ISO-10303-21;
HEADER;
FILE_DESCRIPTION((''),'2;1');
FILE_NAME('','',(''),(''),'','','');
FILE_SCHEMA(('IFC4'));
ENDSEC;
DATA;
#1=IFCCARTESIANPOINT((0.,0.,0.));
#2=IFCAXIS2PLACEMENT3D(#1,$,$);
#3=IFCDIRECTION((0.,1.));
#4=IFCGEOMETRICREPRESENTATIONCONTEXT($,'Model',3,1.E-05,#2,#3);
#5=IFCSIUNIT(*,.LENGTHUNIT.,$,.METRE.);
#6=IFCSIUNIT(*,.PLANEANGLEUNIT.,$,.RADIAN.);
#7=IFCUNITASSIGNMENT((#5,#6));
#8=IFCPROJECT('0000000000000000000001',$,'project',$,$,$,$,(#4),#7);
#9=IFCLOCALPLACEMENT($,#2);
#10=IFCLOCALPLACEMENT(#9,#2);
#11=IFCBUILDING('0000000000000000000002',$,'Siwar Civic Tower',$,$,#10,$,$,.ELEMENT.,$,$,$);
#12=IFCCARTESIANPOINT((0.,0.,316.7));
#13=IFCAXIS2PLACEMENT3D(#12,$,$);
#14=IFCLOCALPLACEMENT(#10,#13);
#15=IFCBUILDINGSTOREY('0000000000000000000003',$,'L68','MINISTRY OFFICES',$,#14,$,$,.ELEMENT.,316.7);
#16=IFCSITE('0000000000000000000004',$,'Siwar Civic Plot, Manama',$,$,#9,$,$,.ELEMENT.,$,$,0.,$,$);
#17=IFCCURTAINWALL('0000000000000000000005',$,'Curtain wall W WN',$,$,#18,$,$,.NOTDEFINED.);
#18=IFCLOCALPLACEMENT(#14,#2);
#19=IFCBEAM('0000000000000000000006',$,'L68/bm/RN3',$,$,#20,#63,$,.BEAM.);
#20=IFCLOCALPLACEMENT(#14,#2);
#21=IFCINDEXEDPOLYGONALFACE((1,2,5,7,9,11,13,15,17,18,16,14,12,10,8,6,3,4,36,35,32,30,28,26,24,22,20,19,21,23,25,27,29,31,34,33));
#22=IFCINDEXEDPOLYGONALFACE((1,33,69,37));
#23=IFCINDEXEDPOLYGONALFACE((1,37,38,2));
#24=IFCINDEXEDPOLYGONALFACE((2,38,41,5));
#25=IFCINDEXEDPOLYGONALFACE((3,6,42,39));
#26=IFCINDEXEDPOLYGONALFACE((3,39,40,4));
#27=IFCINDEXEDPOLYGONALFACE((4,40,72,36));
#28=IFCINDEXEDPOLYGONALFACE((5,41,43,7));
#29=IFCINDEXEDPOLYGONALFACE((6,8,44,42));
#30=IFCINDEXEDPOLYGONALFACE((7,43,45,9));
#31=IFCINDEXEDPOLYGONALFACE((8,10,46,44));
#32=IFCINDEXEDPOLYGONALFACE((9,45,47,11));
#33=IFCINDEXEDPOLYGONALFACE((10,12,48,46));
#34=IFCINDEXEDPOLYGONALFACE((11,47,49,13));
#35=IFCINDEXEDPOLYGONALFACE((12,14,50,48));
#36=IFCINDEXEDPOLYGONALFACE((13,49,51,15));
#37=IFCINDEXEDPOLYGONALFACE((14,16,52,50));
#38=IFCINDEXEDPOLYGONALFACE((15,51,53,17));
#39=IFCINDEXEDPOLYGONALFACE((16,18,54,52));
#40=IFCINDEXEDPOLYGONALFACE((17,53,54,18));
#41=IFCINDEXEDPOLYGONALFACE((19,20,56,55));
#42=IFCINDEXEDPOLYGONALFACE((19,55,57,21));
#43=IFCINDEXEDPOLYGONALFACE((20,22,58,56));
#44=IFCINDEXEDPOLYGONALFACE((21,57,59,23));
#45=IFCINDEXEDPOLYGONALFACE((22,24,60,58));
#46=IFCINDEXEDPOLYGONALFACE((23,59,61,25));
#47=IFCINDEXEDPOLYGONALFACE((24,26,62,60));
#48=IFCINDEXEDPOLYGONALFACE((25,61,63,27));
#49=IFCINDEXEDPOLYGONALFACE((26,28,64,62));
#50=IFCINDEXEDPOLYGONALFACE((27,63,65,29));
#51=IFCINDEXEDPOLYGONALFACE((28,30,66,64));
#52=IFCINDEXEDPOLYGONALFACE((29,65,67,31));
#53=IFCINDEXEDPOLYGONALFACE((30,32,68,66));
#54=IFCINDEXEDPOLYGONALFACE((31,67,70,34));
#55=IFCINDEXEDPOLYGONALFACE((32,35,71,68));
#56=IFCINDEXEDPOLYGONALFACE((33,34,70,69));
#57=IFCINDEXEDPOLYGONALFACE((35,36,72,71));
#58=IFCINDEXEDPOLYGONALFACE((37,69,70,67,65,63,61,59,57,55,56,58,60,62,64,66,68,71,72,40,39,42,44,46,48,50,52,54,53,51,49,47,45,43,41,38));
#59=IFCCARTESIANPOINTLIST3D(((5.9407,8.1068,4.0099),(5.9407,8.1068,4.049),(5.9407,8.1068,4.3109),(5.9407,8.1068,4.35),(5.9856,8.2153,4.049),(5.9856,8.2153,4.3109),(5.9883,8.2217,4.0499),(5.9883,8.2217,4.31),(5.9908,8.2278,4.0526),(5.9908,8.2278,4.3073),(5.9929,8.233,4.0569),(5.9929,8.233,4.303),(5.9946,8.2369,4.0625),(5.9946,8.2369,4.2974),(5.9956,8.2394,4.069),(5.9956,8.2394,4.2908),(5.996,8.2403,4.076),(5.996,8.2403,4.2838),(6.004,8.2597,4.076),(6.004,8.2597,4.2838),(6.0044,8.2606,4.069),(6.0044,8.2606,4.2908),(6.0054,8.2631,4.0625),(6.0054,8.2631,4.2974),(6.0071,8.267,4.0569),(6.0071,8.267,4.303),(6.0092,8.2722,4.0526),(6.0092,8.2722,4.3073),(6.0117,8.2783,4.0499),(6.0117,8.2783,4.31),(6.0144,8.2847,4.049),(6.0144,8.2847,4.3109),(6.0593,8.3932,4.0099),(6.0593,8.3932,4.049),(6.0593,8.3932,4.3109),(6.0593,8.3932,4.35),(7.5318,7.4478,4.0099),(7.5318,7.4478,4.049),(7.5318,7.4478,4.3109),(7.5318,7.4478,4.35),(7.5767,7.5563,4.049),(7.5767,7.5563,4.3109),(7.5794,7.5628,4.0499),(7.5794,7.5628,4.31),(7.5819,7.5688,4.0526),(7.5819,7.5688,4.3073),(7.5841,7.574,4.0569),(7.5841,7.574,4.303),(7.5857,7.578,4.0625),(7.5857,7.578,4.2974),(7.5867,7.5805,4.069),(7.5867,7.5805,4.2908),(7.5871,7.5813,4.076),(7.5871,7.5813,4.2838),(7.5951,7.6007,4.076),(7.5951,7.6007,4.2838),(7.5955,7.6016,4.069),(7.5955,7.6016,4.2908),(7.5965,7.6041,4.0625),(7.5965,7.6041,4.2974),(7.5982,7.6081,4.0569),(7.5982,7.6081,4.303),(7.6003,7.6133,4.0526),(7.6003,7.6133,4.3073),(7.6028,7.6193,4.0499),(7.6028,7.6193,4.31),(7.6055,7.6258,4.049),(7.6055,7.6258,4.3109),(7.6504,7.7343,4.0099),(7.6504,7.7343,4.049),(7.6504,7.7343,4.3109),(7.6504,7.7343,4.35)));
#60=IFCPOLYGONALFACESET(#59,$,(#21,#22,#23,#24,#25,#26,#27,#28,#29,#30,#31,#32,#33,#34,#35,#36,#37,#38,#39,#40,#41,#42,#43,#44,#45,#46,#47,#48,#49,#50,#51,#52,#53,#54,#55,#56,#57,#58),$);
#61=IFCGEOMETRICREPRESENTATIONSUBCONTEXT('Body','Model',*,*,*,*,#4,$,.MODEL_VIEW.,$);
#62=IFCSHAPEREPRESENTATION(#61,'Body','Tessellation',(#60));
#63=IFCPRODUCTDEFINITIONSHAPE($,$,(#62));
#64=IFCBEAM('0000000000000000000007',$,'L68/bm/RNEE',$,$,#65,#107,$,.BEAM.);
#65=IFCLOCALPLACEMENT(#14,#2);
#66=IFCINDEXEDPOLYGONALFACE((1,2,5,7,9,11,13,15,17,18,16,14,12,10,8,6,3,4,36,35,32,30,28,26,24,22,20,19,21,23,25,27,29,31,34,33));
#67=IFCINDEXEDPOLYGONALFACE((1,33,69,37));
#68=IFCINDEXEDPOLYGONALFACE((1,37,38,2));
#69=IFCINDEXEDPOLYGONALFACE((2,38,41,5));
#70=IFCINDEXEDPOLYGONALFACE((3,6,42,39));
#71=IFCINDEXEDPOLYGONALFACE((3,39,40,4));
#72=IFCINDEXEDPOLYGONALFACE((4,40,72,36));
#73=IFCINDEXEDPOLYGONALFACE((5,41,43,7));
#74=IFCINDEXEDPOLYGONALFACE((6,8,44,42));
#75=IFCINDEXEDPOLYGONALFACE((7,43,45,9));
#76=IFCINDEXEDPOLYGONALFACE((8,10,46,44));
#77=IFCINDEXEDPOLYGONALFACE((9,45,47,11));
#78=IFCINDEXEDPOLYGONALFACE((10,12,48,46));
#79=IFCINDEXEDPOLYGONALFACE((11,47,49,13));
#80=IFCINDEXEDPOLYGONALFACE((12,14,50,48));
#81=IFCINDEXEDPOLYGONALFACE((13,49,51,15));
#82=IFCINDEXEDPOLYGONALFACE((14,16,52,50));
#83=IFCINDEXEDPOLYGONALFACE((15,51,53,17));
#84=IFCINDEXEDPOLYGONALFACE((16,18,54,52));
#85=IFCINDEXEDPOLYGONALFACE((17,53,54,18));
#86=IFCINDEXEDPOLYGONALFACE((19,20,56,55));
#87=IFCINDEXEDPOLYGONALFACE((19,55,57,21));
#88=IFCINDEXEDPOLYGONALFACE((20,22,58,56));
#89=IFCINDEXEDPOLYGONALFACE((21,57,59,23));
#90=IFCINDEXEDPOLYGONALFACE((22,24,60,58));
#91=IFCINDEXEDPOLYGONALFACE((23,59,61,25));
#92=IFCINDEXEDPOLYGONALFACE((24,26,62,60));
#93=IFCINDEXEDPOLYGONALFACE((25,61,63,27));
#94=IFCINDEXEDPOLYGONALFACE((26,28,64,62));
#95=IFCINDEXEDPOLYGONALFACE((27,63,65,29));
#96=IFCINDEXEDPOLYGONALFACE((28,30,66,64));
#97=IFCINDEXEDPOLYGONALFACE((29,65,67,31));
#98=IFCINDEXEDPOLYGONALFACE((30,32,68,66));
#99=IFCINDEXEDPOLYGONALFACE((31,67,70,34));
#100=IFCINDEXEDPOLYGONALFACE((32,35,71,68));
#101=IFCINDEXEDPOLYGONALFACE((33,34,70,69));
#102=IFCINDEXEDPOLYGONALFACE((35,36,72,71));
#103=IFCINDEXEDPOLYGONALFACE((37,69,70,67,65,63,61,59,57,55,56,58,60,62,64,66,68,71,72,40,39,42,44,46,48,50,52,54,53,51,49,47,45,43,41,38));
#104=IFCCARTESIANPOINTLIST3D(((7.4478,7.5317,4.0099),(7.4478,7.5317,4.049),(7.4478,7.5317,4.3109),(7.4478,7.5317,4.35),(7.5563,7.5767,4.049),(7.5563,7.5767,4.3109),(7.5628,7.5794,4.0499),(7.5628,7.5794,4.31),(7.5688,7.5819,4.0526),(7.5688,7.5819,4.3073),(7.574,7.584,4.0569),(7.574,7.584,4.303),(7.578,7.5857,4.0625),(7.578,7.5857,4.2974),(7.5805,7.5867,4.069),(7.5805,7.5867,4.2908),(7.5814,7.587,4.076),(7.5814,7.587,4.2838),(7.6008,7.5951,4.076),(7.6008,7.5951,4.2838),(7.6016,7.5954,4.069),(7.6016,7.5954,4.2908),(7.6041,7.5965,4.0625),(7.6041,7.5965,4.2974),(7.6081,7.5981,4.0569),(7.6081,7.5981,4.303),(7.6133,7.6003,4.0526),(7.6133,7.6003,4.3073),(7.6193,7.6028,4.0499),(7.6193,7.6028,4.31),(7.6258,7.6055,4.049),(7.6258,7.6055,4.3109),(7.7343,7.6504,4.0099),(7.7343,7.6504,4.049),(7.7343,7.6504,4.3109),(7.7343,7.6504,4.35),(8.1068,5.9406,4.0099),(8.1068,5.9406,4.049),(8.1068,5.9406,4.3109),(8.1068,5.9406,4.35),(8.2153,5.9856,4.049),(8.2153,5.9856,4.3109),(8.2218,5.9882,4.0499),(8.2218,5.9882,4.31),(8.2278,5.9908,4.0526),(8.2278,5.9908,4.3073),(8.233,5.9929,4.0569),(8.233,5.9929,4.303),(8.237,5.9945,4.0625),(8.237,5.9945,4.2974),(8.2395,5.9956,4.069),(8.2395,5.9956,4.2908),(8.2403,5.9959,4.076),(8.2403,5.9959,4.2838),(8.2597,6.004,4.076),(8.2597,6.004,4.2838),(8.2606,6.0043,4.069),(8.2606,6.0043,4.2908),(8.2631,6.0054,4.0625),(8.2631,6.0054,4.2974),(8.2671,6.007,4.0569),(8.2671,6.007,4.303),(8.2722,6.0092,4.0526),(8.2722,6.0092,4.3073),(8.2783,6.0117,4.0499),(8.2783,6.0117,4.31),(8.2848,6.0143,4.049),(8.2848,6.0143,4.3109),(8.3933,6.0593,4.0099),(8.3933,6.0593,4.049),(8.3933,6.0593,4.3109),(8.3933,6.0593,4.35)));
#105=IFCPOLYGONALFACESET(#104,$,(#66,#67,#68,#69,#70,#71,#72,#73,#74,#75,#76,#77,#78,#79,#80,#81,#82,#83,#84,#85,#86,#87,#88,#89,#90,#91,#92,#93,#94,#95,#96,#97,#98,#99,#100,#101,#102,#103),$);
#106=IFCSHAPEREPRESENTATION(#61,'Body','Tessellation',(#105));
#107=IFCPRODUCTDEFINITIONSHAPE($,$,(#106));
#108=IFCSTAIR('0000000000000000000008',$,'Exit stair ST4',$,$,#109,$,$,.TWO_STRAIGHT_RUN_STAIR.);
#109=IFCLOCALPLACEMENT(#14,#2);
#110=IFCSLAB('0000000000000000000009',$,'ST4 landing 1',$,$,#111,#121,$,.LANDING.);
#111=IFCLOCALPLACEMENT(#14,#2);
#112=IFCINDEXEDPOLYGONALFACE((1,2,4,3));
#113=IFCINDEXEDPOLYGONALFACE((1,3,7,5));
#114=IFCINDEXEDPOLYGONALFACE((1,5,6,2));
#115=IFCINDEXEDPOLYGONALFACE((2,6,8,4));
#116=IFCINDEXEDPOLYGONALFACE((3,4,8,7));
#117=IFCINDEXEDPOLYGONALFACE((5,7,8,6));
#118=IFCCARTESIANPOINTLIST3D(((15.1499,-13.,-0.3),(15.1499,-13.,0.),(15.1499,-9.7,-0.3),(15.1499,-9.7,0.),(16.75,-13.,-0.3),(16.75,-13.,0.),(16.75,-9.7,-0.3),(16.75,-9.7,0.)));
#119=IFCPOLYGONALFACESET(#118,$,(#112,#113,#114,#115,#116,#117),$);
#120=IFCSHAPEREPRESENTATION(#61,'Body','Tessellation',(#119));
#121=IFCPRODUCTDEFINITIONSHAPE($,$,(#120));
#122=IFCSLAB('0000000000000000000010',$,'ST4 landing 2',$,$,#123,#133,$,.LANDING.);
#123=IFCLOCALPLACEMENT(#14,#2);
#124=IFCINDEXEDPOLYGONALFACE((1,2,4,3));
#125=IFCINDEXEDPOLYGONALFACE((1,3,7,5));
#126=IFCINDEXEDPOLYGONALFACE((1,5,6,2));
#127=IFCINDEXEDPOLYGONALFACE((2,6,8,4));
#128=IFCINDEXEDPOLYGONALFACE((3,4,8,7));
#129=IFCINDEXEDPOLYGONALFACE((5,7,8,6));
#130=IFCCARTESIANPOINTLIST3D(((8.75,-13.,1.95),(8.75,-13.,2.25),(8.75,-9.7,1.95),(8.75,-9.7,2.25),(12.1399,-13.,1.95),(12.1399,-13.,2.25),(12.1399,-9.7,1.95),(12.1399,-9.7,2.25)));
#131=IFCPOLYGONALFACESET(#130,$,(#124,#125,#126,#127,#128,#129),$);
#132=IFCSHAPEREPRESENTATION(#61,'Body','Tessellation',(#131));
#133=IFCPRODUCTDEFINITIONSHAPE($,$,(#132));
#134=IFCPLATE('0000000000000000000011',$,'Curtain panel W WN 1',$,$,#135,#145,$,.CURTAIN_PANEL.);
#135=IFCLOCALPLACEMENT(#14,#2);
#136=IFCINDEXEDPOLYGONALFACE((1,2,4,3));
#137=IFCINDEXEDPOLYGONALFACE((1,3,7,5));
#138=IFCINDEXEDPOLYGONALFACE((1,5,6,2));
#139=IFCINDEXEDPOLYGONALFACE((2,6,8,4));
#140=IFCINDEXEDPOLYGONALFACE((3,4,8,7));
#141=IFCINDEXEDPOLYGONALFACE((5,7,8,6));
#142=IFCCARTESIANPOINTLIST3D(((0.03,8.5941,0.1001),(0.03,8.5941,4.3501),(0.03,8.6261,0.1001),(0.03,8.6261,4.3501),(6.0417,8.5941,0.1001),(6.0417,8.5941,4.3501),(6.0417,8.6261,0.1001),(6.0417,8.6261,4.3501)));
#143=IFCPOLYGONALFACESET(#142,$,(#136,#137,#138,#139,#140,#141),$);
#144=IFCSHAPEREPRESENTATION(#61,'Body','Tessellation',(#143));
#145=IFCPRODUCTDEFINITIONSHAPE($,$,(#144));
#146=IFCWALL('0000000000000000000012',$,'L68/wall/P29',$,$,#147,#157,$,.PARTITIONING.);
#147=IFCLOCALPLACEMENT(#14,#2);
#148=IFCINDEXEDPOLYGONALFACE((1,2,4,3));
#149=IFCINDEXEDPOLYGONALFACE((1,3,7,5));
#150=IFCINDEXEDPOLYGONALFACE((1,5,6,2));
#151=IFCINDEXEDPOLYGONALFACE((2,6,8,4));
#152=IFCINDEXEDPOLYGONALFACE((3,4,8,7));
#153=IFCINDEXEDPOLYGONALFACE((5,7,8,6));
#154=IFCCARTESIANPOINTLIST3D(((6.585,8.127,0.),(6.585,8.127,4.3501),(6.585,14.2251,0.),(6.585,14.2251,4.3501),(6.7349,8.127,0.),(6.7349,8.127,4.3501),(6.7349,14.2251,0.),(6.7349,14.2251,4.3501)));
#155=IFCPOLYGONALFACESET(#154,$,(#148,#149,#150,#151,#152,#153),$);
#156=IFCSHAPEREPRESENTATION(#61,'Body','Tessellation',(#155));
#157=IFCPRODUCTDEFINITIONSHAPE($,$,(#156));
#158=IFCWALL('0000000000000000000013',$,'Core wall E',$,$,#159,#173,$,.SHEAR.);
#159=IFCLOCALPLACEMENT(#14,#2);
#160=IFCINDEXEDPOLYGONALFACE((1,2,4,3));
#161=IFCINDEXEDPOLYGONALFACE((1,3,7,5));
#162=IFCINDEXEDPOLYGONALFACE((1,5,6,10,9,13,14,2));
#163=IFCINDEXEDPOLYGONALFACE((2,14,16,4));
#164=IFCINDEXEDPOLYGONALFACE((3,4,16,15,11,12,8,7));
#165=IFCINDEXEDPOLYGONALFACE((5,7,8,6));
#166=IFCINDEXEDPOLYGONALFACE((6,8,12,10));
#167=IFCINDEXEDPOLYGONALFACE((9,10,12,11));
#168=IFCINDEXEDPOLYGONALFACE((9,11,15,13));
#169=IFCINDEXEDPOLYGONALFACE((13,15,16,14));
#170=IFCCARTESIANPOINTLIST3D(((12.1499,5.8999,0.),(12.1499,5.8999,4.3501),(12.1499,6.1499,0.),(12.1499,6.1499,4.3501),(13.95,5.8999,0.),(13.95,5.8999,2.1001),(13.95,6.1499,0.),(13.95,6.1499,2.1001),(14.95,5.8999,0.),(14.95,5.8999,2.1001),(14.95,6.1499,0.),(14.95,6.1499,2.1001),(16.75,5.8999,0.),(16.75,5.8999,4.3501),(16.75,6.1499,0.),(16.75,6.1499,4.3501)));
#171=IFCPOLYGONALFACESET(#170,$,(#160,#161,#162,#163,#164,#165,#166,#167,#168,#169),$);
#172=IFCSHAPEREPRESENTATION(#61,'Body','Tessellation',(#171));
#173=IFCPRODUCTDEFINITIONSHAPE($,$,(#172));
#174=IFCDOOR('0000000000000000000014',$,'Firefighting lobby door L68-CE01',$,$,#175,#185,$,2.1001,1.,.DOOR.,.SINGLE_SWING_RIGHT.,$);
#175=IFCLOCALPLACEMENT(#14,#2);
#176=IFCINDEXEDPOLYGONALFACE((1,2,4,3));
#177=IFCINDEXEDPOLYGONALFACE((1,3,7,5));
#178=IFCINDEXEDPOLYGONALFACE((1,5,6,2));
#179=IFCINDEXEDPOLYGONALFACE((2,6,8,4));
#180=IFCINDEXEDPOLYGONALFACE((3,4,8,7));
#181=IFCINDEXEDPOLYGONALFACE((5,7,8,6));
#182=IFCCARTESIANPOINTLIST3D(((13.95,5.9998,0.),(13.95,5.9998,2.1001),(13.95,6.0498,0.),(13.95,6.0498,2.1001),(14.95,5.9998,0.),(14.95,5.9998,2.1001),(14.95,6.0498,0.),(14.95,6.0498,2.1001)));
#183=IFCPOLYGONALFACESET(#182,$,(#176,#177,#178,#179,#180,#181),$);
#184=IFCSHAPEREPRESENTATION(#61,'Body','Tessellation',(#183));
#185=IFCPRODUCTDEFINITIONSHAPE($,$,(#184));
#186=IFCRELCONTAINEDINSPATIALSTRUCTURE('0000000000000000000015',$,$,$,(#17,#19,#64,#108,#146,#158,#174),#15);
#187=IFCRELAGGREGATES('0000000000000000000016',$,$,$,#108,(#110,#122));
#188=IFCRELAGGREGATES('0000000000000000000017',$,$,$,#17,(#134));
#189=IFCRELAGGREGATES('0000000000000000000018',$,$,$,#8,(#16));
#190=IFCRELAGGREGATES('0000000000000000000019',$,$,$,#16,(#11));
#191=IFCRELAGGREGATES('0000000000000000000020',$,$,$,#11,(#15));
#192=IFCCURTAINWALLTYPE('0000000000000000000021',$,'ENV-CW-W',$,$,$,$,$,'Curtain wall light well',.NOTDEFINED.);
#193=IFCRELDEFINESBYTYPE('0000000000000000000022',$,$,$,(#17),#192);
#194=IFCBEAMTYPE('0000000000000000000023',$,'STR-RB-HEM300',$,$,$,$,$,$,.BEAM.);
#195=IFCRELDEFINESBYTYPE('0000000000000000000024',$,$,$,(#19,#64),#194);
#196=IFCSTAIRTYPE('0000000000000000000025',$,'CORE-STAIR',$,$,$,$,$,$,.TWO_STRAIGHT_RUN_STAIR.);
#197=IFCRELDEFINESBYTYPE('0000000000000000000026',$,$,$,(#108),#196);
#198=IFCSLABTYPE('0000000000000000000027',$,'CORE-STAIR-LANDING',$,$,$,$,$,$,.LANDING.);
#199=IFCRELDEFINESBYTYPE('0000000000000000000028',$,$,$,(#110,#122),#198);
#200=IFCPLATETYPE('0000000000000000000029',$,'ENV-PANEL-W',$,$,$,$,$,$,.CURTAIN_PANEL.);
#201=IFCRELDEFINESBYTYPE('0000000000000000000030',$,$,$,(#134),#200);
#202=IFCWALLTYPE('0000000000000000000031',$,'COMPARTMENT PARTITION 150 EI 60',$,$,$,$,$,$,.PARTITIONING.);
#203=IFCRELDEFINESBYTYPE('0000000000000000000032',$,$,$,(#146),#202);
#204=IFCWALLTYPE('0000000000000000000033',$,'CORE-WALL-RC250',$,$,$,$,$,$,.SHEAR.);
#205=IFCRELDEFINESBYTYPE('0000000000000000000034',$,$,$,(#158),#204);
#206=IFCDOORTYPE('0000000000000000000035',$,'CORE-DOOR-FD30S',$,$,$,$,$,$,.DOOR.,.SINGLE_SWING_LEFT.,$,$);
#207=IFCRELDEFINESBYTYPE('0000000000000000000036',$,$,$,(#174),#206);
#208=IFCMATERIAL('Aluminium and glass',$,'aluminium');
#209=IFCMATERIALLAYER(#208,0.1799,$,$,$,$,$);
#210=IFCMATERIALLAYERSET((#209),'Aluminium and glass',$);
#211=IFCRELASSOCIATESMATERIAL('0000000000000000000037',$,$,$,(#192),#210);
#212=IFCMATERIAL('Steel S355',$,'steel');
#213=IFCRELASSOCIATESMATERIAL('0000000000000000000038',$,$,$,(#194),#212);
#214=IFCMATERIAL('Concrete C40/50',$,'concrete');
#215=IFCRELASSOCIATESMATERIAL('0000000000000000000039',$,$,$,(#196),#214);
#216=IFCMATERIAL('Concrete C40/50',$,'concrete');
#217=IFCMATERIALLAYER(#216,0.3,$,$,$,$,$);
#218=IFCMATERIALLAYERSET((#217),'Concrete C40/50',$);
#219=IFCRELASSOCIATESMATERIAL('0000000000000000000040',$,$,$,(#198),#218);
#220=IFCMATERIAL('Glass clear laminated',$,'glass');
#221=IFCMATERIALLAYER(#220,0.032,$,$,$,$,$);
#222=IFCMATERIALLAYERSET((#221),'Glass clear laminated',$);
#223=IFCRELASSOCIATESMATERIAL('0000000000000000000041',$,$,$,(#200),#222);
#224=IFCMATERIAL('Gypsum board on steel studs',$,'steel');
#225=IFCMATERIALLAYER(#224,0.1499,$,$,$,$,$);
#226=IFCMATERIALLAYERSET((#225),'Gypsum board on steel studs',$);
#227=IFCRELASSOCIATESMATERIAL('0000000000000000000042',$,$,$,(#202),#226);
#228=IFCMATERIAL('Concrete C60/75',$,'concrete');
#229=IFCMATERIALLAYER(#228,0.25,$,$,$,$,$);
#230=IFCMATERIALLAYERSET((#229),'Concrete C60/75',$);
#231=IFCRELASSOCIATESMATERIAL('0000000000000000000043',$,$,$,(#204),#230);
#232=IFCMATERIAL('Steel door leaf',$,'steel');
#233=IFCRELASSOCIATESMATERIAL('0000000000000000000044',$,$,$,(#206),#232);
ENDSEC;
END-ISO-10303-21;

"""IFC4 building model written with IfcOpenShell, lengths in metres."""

from ifc_helpers import new_model, si_unit, direction, frame, frame_2d, origin, origin_2d, place, context, subcontext, project, spatial, polyline, rectangle, i_section, outline, extrude, material, layer, layer_set, material_profile, profile_set, type_object, element, fill, aggregate, save


model = new_model("IFC4")

# Units and contexts
model_context = context("Model", 3, precision=1e-05, world=origin(), true_north=direction((0.0, 1.0)))
body_context = subcontext(model_context, "Body", "Model", "MODEL_VIEW")
ifc_project = project(units=[si_unit("LENGTHUNIT", "METRE"), si_unit("PLANEANGLEUNIT", "RADIAN")], contexts=[model_context])

# Site, building, storey
site_placement = place(None, origin())
site = spatial("IfcSite", under=ifc_project, at=site_placement, Name="Siwar Civic Plot, Manama", CompositionType="ELEMENT", RefElevation=0.0)
building_placement = place(site_placement, origin())
building = spatial("IfcBuilding", under=site, at=building_placement, Name="Siwar Civic Tower", CompositionType="ELEMENT")
storey_placement = place(building_placement, frame((0.0, 0.0, 316.7)))
storey = spatial("IfcBuildingStorey", under=building, at=storey_placement, Name="L68", Description="MINISTRY OFFICES", CompositionType="ELEMENT", Elevation=316.7)

# Curtain wall
ifc_material_1 = material(Name="Aluminium and glass", Category="aluminium")
ifc_layer_1 = layer(ifc_material_1, 0.1799)
ifc_layer_set_1 = layer_set([ifc_layer_1], Name="Aluminium and glass")
curtain_wall_type = type_object("IfcCurtainWallType", Name="ENV-CW-W", ElementType="Curtain wall light well", PredefinedType="NOTDEFINED", material=ifc_layer_set_1)
curtain_wall_placement = place(storey_placement, origin())
curtain_wall = element("IfcCurtainWall", 1, at=curtain_wall_placement, inside=storey, type_object=curtain_wall_type, Name="Curtain wall W WN", PredefinedType="NOTDEFINED")

# Beams
ifc_material_2 = material(Name="Steel S355", Category="steel")
ifc_material_profile_1 = material_profile(ifc_material_2, i_section(OverallWidth=0.3101, OverallDepth=0.3401, WebThickness=0.021, FlangeThickness=0.0391, FilletRadius=0.0271, at=origin_2d()), Name="HEM300")
ifc_profile_set_1 = profile_set([ifc_material_profile_1], Name="Steel S355")
beam_type_1 = type_object("IfcBeamType", Name="STR-RB-HEM300", PredefinedType="BEAM", material=ifc_profile_set_1)
for number, where, z_axis, x_axis, name in (
    (2, (6.0, 8.25, 4.1799), (0.923901, -0.382631, 0.0), (0.382631, 0.923901, 0.0), "L68/bm/RN3"),
    (3, (7.5911, 7.5911, 4.1799), (0.382631, -0.923901, 0.0), (0.923901, 0.382631, 0.0), "L68/bm/RNEE"),
):
    element("IfcBeam", number, at=place(storey_placement, frame(where, z_axis=z_axis, x_axis=x_axis)), inside=storey, type_object=beam_type_1, Name=name, PredefinedType="BEAM", context=body_context, shape_type="SweptSolid", body=[
        extrude(i_section(OverallWidth=0.3101, OverallDepth=0.3401, WebThickness=0.021, FlangeThickness=0.0391, FilletRadius=0.0271, at=origin_2d()), origin(), (0.0, 0.0, 1.0), 1.7222),
    ])

# Stair, slabs
ifc_material_3 = material(Name="Concrete C40/50", Category="concrete")
stair_type = type_object("IfcStairType", Name="CORE-STAIR", PredefinedType="TWO_STRAIGHT_RUN_STAIR", material=ifc_material_3)
stair_placement = place(storey_placement, origin())
stair = element("IfcStair", 4, at=stair_placement, inside=storey, type_object=stair_type, Name="Exit stair ST4", PredefinedType="TWO_STRAIGHT_RUN_STAIR")
ifc_material_4 = material(Name="Concrete C40/50", Category="concrete")
ifc_layer_2 = layer(ifc_material_4, 0.3)
ifc_layer_set_2 = layer_set([ifc_layer_2], Name="Concrete C40/50")
slab_type_1 = type_object("IfcSlabType", Name="CORE-STAIR-LANDING", PredefinedType="LANDING", material=ifc_layer_set_2)
slab_1_placement = place(storey_placement, frame((0.0, 0.0, -0.3)))
slab_1 = element("IfcSlab", 5, at=slab_1_placement, type_object=slab_type_1, Name="ST4 landing 1", PredefinedType="LANDING", context=body_context, shape_type="SweptSolid", body=[
    extrude(outline(polyline([(15.1499, -13.0), (16.75, -13.0), (16.75, -9.7), (15.1499, -9.7), (15.1499, -13.0)])), origin(), (0.0, 0.0, 1.0), 0.3),
])
slab_2_placement = place(storey_placement, frame((0.0, 0.0, 1.95)))
slab_2 = element("IfcSlab", 6, at=slab_2_placement, type_object=slab_type_1, Name="ST4 landing 2", PredefinedType="LANDING", context=body_context, shape_type="SweptSolid", body=[
    extrude(outline(polyline([(8.75, -13.0), (12.1399, -13.0), (12.1399, -9.7), (8.75, -9.7), (8.75, -13.0)])), origin(), (0.0, 0.0, 1.0), 0.3),
])
aggregate(stair, [slab_1, slab_2])

# Plate
ifc_material_5 = material(Name="Glass clear laminated", Category="glass")
ifc_layer_3 = layer(ifc_material_5, 0.032)
ifc_layer_set_3 = layer_set([ifc_layer_3], Name="Glass clear laminated")
plate_type = type_object("IfcPlateType", Name="ENV-PANEL-W", PredefinedType="CURTAIN_PANEL", material=ifc_layer_set_3)
plate_placement = place(storey_placement, frame((3.0359, 8.6101, 0.1001), z_axis=(0.0, 0.0, 1.0), x_axis=(-1.0, 0.0, 0.0)))
plate = element("IfcPlate", 7, at=plate_placement, type_object=plate_type, Name="Curtain panel W WN 1", PredefinedType="CURTAIN_PANEL", context=body_context, shape_type="SweptSolid", body=[
    extrude(rectangle(XDim=6.0117, YDim=0.032, at=origin_2d()), origin(), (0.0, 0.0, 1.0), 4.25),
])
aggregate(curtain_wall, [plate])

# Wall
ifc_material_6 = material(Name="Gypsum board on steel studs", Category="steel")
ifc_layer_4 = layer(ifc_material_6, 0.1499)
ifc_layer_set_4 = layer_set([ifc_layer_4], Name="Gypsum board on steel studs")
wall_type_1 = type_object("IfcWallType", Name="COMPARTMENT PARTITION 150 EI 60", PredefinedType="PARTITIONING", material=ifc_layer_set_4)
wall_1_placement = place(storey_placement, frame((6.6599, 8.127, 0.0), z_axis=(0.0, 0.0, 1.0), x_axis=(0.0, 1.0, 0.0)))
element("IfcWall", 8, at=wall_1_placement, inside=storey, type_object=wall_type_1, Name="L68/wall/P29", PredefinedType="PARTITIONING", context=body_context, shape_type="SweptSolid", body=[
    extrude(rectangle(XDim=6.0981, YDim=0.1499, at=frame_2d((3.0491, 0.0))), origin(), (0.0, 0.0, 1.0), 4.3501),
])

# Wall, opening, door
ifc_material_7 = material(Name="Concrete C60/75", Category="concrete")
ifc_layer_5 = layer(ifc_material_7, 0.25)
ifc_layer_set_5 = layer_set([ifc_layer_5], Name="Concrete C60/75")
wall_type_2 = type_object("IfcWallType", Name="CORE-WALL-RC250", PredefinedType="SHEAR", material=ifc_layer_set_5)
wall_2_placement = place(storey_placement, frame((12.1499, 6.0249, 0.0), z_axis=(0.0, 0.0, 1.0), x_axis=(1.0, 0.0, 0.0)))
wall_2 = element("IfcWall", 9, at=wall_2_placement, inside=storey, type_object=wall_type_2, Name="Core wall E", PredefinedType="SHEAR", context=body_context, shape_type="SweptSolid", body=[
    extrude(rectangle(XDim=4.6001, YDim=0.25, at=frame_2d((2.3, 0.0))), origin(), (0.0, 0.0, 1.0), 4.3501),
])
opening_placement = place(wall_2_placement, frame((1.8, 0.0, 0.0)))
opening = element("IfcOpeningElement", 10, at=opening_placement, cuts=wall_2, PredefinedType="OPENING", context=body_context, shape_type="SweptSolid", body=[
    extrude(rectangle(XDim=1.0, YDim=2.1001, at=frame_2d((0.5, 1.05))), frame((0.0, 0.135, 0.0), z_axis=(0.0, -1.0, 0.0), x_axis=(1.0, 0.0, 0.0)), (0.0, 0.0, 1.0), 0.27),
])
ifc_material_8 = material(Name="Steel door leaf", Category="steel")
door_type = type_object("IfcDoorType", Name="CORE-DOOR-FD30S", OperationType="SINGLE_SWING_LEFT", PredefinedType="DOOR", material=ifc_material_8)
door_placement = place(opening_placement, origin())
door = element("IfcDoor", 11, at=door_placement, inside=storey, type_object=door_type, Name="Firefighting lobby door L68-CE01", OperationType="SINGLE_SWING_RIGHT", OverallHeight=2.1001, OverallWidth=1.0, PredefinedType="DOOR", context=body_context, shape_type="SweptSolid", body=[
    extrude(rectangle(XDim=1.0, YDim=2.1001, at=frame_2d((0.5, 1.05))), frame((0.0, 0.0249, 0.0), z_axis=(0.0, -1.0, 0.0), x_axis=(1.0, 0.0, 0.0)), (0.0, 0.0, 1.0), 0.05),
])
fill(opening, door)

save(model, "model.ifc")
